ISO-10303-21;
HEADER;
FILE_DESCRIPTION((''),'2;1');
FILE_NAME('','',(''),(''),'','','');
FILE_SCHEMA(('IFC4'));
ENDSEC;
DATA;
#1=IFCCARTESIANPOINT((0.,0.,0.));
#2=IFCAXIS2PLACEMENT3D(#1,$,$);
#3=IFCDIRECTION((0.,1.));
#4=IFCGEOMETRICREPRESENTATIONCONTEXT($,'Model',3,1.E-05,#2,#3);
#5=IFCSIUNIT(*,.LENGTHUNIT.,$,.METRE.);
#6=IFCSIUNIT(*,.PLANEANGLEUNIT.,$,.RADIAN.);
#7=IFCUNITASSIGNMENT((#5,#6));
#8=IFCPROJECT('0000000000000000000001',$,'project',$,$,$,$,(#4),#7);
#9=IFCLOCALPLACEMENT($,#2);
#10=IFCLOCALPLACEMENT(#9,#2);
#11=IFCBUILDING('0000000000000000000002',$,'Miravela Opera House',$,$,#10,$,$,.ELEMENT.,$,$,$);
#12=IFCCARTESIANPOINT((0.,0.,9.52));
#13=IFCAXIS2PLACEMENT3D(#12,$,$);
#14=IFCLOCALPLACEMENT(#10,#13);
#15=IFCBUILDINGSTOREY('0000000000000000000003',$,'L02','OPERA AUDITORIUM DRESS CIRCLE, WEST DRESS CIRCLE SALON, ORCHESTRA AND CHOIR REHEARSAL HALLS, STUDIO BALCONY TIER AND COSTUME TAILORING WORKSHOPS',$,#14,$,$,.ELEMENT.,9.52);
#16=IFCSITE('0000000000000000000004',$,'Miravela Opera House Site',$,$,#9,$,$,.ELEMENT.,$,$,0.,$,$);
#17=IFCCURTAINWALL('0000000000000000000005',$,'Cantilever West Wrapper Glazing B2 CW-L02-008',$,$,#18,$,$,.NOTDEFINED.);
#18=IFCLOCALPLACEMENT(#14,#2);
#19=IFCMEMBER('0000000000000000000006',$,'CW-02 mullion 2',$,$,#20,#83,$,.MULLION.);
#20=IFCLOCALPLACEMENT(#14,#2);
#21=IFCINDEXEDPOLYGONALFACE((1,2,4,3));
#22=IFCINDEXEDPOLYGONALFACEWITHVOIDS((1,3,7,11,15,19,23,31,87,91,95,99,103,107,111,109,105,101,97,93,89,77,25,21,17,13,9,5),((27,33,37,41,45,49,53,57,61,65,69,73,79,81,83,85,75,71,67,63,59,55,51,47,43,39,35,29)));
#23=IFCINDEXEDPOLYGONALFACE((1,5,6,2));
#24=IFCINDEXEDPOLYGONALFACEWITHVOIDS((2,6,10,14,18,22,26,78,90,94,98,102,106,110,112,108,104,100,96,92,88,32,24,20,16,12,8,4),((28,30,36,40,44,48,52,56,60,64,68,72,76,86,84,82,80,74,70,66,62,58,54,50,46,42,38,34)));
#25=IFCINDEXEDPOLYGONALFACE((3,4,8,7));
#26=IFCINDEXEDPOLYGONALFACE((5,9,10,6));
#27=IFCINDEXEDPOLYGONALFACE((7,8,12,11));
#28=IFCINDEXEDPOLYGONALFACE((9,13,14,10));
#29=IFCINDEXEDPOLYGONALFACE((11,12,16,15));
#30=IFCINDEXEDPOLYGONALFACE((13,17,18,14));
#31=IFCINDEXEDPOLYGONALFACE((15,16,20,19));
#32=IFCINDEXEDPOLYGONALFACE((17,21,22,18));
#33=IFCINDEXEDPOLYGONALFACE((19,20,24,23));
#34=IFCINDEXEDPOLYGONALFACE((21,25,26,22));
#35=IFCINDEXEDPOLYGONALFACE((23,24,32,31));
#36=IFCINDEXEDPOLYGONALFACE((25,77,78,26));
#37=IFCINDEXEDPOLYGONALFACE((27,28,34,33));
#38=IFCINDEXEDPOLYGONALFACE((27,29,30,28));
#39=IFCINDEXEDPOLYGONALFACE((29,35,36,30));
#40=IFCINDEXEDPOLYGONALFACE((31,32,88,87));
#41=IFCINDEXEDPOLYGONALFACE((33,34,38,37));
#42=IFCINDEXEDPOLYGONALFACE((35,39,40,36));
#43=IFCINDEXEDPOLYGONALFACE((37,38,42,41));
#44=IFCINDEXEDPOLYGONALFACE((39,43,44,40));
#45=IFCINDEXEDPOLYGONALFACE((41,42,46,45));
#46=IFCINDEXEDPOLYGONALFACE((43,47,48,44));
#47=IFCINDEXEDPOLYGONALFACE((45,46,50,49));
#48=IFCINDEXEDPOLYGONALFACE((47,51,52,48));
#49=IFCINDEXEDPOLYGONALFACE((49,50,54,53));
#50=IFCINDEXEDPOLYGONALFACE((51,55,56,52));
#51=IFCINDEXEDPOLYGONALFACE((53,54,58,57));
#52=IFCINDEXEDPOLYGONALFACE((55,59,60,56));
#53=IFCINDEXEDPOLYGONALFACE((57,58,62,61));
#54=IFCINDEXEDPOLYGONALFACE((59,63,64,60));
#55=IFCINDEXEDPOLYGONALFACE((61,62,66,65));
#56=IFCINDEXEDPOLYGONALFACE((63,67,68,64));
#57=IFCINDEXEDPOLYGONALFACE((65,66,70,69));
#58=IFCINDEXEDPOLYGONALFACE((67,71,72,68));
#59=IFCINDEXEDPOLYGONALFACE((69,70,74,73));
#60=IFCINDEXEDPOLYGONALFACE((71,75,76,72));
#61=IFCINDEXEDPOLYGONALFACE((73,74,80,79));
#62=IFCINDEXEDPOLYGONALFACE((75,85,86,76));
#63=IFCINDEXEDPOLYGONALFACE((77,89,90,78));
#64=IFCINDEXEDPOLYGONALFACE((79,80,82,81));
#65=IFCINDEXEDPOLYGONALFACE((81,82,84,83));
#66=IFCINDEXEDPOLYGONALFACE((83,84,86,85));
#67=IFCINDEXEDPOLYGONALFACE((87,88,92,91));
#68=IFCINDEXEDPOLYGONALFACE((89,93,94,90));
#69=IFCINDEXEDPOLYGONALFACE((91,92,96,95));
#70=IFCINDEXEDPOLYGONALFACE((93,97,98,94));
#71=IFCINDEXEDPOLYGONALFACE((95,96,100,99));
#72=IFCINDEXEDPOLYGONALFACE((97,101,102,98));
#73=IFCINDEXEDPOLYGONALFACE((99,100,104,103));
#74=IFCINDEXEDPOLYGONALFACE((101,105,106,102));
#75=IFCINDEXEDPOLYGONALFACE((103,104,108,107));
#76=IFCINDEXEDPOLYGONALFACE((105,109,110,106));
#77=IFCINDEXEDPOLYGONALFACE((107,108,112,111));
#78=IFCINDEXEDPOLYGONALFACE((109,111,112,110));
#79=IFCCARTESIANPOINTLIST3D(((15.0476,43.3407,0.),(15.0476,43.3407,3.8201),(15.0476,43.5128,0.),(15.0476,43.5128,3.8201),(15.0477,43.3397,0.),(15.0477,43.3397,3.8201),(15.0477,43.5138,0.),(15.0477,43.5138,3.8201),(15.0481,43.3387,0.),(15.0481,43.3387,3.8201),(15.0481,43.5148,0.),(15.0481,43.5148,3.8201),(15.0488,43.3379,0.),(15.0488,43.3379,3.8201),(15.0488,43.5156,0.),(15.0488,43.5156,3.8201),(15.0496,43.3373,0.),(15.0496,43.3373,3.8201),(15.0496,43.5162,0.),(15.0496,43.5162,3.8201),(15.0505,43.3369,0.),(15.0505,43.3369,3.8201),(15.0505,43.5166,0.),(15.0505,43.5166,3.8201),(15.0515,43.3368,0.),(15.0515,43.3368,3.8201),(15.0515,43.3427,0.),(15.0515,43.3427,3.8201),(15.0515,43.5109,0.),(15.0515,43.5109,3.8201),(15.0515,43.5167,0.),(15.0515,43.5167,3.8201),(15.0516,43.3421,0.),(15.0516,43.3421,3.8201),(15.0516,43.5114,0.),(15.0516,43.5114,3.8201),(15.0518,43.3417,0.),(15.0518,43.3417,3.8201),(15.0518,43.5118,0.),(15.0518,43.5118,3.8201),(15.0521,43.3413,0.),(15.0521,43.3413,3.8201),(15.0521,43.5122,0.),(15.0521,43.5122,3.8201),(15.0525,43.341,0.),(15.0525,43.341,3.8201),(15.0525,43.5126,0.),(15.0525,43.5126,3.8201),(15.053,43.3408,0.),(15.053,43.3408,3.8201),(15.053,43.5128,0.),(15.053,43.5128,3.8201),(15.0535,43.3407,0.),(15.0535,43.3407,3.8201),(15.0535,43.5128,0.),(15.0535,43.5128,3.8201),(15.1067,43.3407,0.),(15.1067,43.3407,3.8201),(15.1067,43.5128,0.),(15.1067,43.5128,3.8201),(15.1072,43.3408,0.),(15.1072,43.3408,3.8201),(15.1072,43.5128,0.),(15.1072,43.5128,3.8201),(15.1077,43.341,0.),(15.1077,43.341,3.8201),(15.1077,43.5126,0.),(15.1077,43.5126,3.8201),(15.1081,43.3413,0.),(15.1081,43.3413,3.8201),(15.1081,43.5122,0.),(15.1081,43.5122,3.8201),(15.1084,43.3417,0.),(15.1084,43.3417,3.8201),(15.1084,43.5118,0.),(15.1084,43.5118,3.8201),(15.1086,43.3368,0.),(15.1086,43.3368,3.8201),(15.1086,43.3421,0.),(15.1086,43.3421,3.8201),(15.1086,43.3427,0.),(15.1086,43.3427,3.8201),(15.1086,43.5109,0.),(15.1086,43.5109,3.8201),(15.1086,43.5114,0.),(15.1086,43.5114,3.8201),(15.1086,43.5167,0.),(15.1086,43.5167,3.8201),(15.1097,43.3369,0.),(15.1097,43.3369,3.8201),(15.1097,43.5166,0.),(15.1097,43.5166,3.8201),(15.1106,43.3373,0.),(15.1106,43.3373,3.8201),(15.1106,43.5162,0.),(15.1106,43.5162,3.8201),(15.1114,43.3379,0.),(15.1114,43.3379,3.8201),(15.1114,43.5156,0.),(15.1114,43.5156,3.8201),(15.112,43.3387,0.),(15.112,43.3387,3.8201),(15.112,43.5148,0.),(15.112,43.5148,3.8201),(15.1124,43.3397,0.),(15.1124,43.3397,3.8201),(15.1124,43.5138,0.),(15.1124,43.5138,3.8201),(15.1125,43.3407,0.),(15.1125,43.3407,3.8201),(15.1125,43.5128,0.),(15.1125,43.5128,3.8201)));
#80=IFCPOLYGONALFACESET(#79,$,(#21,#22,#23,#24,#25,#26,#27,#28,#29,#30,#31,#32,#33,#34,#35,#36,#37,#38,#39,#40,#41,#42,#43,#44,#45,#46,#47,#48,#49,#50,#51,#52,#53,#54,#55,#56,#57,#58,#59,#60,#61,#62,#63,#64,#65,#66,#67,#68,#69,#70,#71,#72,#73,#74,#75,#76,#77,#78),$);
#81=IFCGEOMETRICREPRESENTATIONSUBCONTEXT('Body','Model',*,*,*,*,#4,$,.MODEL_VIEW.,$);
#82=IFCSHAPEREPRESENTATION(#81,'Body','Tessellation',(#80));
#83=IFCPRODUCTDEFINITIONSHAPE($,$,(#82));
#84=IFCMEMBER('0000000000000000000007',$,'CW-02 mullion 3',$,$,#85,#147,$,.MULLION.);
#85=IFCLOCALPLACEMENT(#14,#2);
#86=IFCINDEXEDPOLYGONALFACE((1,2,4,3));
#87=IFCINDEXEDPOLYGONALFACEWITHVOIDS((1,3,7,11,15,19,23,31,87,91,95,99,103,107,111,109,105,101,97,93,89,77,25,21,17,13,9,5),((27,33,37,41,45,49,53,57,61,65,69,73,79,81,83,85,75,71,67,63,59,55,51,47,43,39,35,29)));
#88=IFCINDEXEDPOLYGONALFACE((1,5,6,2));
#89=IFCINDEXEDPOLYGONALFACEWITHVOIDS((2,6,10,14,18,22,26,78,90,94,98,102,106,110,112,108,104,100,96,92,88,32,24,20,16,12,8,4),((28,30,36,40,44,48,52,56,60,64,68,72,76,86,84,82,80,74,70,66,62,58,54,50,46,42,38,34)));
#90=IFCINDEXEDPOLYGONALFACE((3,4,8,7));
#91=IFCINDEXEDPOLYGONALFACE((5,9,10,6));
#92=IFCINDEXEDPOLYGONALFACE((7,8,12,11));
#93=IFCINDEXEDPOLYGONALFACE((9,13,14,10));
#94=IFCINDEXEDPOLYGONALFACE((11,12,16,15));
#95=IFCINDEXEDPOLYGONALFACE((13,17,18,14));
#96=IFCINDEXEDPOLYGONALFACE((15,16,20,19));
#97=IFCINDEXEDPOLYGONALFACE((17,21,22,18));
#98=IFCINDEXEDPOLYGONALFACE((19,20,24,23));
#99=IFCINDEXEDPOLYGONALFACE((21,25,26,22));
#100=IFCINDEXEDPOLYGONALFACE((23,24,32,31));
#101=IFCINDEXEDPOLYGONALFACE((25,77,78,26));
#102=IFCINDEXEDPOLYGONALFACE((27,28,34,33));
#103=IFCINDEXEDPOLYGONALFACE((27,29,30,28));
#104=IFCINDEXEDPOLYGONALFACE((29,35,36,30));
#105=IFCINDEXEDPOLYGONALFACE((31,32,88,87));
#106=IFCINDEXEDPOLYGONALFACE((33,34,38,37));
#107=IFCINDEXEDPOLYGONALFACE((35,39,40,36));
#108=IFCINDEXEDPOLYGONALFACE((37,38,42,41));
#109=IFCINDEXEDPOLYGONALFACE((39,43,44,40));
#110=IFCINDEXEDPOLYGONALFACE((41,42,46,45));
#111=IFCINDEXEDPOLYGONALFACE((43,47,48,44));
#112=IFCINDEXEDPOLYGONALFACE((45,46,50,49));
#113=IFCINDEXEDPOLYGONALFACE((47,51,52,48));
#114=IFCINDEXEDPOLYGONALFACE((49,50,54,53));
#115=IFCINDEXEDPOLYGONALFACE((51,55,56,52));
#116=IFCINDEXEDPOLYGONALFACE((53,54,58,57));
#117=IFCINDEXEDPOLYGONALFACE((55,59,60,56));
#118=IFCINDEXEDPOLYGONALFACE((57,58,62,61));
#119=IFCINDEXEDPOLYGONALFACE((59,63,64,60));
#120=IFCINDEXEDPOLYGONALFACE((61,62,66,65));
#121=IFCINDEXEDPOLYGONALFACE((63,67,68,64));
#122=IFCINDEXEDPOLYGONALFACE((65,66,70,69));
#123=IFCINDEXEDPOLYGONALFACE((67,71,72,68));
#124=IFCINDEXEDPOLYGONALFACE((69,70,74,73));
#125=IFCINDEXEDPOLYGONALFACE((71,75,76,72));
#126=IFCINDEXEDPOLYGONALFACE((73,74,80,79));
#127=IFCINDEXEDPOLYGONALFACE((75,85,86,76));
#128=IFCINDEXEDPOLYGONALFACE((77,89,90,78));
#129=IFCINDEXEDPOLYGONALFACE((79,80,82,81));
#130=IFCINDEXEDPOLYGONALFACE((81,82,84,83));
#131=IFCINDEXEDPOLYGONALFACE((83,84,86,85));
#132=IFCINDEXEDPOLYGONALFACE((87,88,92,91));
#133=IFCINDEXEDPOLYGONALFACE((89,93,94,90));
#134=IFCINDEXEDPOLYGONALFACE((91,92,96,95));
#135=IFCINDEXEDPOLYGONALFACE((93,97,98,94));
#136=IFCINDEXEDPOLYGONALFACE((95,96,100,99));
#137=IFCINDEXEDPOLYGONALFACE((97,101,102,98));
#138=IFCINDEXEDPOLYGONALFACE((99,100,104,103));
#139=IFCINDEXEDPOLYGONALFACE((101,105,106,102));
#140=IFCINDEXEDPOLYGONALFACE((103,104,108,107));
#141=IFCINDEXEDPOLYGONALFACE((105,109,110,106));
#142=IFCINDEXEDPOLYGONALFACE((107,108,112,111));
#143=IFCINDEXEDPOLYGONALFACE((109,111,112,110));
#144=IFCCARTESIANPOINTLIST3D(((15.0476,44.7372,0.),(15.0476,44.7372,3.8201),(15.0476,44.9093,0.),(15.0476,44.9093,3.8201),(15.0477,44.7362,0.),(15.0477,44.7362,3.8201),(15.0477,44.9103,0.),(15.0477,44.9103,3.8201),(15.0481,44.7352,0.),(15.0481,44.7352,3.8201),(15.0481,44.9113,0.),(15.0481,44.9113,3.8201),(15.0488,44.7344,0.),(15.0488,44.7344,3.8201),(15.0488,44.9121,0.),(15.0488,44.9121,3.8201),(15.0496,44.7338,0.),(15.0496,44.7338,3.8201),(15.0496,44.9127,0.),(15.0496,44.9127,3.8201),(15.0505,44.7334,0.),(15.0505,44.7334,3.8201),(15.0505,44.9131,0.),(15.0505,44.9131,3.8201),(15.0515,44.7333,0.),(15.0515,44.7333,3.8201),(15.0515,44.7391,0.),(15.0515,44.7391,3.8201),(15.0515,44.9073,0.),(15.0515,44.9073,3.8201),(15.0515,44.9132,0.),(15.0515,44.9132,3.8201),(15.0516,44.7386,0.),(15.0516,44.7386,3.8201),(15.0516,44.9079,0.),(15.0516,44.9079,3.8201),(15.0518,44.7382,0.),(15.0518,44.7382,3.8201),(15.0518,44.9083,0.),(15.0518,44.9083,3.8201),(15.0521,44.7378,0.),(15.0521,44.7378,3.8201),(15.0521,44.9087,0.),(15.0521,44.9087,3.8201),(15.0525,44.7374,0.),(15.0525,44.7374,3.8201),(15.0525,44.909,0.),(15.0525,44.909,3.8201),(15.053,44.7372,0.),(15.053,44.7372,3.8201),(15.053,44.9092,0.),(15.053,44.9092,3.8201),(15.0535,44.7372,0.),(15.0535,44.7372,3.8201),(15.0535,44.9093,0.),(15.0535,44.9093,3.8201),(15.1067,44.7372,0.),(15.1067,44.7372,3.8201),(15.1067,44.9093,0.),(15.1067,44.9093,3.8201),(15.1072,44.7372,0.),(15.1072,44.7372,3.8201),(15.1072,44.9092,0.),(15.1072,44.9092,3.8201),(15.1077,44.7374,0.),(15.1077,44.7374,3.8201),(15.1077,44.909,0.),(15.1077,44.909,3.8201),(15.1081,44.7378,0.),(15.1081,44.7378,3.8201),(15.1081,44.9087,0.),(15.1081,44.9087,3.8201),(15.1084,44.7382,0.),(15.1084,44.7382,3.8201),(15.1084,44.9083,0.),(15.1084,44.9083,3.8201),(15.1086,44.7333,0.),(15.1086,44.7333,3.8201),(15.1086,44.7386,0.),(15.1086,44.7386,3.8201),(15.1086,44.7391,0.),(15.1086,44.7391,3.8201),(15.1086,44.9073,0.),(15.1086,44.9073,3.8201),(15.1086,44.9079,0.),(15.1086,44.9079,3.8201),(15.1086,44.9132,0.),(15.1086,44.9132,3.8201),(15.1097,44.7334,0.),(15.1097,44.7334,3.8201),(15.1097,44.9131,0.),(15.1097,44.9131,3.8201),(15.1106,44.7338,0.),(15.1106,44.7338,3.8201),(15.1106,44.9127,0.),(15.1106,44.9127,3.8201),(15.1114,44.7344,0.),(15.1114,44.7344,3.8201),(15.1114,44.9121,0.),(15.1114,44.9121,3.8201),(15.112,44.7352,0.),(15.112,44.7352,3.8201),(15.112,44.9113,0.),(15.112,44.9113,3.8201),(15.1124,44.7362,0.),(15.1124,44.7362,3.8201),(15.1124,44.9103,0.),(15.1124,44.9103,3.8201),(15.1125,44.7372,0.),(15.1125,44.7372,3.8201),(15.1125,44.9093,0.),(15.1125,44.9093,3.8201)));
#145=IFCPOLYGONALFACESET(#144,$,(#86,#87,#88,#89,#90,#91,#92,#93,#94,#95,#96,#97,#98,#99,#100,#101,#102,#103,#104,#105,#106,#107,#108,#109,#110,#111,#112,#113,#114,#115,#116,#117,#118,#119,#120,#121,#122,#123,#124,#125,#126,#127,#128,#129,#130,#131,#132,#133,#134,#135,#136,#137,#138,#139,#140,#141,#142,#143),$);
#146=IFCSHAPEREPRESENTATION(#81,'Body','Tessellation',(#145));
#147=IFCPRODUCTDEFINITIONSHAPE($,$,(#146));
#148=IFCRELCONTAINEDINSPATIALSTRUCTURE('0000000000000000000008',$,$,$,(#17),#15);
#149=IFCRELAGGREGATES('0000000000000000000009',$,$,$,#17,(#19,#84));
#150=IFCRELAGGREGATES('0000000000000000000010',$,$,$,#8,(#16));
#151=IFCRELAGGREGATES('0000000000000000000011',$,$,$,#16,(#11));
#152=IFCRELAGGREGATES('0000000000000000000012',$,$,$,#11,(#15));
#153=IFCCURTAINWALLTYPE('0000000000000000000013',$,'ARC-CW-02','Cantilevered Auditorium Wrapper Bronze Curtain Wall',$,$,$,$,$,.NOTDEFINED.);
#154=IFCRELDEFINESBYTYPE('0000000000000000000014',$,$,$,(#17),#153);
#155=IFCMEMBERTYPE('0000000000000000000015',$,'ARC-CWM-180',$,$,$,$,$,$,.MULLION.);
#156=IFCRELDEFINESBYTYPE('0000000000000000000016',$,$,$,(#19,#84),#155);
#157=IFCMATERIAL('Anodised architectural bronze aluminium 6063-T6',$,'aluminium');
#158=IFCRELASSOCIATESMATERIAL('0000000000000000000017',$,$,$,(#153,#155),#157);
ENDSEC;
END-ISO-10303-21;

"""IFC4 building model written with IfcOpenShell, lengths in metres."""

from ifc_helpers import new_model, si_unit, direction, frame, origin, origin_2d, place, context, subcontext, project, spatial, hollow_rectangle, extrude, material, material_profile, profile_set, type_object, element, aggregate, save


model = new_model("IFC4")

# Units and contexts
model_context = context("Model", 3, precision=1e-05, world=origin(), true_north=direction((0.0, 1.0)))
body_context = subcontext(model_context, "Body", "Model", "MODEL_VIEW")
ifc_project = project(units=[si_unit("LENGTHUNIT", "METRE"), si_unit("PLANEANGLEUNIT", "RADIAN")], contexts=[model_context])

# Site, building, storey
site_placement = place(None, origin())
site = spatial("IfcSite", under=ifc_project, at=site_placement, Name="Miravela Opera House Site", CompositionType="ELEMENT", RefElevation=0.0)
building_placement = place(site_placement, origin())
building = spatial("IfcBuilding", under=site, at=building_placement, Name="Miravela Opera House", CompositionType="ELEMENT")
storey_placement = place(building_placement, frame((0.0, 0.0, 9.52)))
storey = spatial("IfcBuildingStorey", under=building, at=storey_placement, Name="L02", Description="OPERA AUDITORIUM DRESS CIRCLE, WEST DRESS CIRCLE SALON, ORCHESTRA AND CHOIR REHEARSAL HALLS, STUDIO BALCONY TIER AND COSTUME TAILORING WORKSHOPS", CompositionType="ELEMENT", Elevation=9.52)

# Curtain wall, members
ifc_material_1 = material(Name="Anodised architectural bronze aluminium 6063-T6", Category="aluminium")
curtain_wall_type = type_object("IfcCurtainWallType", Name="ARC-CW-02", Description="Cantilevered Auditorium Wrapper Bronze Curtain Wall", PredefinedType="NOTDEFINED", material=ifc_material_1)
curtain_wall_placement = place(storey_placement, origin())
curtain_wall = element("IfcCurtainWall", 1, at=curtain_wall_placement, inside=storey, type_object=curtain_wall_type, Name="Cantilever West Wrapper Glazing B2 CW-L02-008", PredefinedType="NOTDEFINED")
ifc_material_profile_1 = material_profile(ifc_material_1, hollow_rectangle(XDim=0.0649, YDim=0.1799, WallThickness=0.0039, InnerFilletRadius=0.002, OuterFilletRadius=0.0039, at=origin_2d()), Name="CWM-65X180")
ifc_profile_set_1 = profile_set([ifc_material_profile_1])
member_type_1 = type_object("IfcMemberType", Name="ARC-CWM-180", PredefinedType="MULLION", material=ifc_profile_set_1)
member_1_placement = place(storey_placement, frame((15.0801, 43.4268, 0.0), z_axis=(0.0, 0.0, 1.0), x_axis=(-1.0, 0.0, 0.0)))
member_1 = element("IfcMember", 2, at=member_1_placement, type_object=member_type_1, Name="CW-02 mullion 2", PredefinedType="MULLION", context=body_context, shape_type="SweptSolid", body=[
    extrude(hollow_rectangle(XDim=0.0649, YDim=0.1799, WallThickness=0.0039, InnerFilletRadius=0.002, OuterFilletRadius=0.0039, at=origin_2d()), origin(), (0.0, 0.0, 1.0), 3.8201),
])
member_2_placement = place(storey_placement, frame((15.0801, 44.8232, 0.0), z_axis=(0.0, 0.0, 1.0), x_axis=(-1.0, 0.0, 0.0)))
member_2 = element("IfcMember", 3, at=member_2_placement, type_object=member_type_1, Name="CW-02 mullion 3", PredefinedType="MULLION", context=body_context, shape_type="SweptSolid", body=[
    extrude(hollow_rectangle(XDim=0.0649, YDim=0.1799, WallThickness=0.0039, InnerFilletRadius=0.002, OuterFilletRadius=0.0039, at=origin_2d()), origin(), (0.0, 0.0, 1.0), 3.8201),
])

aggregate(curtain_wall, [member_1, member_2])

save(model, "model.ifc")
